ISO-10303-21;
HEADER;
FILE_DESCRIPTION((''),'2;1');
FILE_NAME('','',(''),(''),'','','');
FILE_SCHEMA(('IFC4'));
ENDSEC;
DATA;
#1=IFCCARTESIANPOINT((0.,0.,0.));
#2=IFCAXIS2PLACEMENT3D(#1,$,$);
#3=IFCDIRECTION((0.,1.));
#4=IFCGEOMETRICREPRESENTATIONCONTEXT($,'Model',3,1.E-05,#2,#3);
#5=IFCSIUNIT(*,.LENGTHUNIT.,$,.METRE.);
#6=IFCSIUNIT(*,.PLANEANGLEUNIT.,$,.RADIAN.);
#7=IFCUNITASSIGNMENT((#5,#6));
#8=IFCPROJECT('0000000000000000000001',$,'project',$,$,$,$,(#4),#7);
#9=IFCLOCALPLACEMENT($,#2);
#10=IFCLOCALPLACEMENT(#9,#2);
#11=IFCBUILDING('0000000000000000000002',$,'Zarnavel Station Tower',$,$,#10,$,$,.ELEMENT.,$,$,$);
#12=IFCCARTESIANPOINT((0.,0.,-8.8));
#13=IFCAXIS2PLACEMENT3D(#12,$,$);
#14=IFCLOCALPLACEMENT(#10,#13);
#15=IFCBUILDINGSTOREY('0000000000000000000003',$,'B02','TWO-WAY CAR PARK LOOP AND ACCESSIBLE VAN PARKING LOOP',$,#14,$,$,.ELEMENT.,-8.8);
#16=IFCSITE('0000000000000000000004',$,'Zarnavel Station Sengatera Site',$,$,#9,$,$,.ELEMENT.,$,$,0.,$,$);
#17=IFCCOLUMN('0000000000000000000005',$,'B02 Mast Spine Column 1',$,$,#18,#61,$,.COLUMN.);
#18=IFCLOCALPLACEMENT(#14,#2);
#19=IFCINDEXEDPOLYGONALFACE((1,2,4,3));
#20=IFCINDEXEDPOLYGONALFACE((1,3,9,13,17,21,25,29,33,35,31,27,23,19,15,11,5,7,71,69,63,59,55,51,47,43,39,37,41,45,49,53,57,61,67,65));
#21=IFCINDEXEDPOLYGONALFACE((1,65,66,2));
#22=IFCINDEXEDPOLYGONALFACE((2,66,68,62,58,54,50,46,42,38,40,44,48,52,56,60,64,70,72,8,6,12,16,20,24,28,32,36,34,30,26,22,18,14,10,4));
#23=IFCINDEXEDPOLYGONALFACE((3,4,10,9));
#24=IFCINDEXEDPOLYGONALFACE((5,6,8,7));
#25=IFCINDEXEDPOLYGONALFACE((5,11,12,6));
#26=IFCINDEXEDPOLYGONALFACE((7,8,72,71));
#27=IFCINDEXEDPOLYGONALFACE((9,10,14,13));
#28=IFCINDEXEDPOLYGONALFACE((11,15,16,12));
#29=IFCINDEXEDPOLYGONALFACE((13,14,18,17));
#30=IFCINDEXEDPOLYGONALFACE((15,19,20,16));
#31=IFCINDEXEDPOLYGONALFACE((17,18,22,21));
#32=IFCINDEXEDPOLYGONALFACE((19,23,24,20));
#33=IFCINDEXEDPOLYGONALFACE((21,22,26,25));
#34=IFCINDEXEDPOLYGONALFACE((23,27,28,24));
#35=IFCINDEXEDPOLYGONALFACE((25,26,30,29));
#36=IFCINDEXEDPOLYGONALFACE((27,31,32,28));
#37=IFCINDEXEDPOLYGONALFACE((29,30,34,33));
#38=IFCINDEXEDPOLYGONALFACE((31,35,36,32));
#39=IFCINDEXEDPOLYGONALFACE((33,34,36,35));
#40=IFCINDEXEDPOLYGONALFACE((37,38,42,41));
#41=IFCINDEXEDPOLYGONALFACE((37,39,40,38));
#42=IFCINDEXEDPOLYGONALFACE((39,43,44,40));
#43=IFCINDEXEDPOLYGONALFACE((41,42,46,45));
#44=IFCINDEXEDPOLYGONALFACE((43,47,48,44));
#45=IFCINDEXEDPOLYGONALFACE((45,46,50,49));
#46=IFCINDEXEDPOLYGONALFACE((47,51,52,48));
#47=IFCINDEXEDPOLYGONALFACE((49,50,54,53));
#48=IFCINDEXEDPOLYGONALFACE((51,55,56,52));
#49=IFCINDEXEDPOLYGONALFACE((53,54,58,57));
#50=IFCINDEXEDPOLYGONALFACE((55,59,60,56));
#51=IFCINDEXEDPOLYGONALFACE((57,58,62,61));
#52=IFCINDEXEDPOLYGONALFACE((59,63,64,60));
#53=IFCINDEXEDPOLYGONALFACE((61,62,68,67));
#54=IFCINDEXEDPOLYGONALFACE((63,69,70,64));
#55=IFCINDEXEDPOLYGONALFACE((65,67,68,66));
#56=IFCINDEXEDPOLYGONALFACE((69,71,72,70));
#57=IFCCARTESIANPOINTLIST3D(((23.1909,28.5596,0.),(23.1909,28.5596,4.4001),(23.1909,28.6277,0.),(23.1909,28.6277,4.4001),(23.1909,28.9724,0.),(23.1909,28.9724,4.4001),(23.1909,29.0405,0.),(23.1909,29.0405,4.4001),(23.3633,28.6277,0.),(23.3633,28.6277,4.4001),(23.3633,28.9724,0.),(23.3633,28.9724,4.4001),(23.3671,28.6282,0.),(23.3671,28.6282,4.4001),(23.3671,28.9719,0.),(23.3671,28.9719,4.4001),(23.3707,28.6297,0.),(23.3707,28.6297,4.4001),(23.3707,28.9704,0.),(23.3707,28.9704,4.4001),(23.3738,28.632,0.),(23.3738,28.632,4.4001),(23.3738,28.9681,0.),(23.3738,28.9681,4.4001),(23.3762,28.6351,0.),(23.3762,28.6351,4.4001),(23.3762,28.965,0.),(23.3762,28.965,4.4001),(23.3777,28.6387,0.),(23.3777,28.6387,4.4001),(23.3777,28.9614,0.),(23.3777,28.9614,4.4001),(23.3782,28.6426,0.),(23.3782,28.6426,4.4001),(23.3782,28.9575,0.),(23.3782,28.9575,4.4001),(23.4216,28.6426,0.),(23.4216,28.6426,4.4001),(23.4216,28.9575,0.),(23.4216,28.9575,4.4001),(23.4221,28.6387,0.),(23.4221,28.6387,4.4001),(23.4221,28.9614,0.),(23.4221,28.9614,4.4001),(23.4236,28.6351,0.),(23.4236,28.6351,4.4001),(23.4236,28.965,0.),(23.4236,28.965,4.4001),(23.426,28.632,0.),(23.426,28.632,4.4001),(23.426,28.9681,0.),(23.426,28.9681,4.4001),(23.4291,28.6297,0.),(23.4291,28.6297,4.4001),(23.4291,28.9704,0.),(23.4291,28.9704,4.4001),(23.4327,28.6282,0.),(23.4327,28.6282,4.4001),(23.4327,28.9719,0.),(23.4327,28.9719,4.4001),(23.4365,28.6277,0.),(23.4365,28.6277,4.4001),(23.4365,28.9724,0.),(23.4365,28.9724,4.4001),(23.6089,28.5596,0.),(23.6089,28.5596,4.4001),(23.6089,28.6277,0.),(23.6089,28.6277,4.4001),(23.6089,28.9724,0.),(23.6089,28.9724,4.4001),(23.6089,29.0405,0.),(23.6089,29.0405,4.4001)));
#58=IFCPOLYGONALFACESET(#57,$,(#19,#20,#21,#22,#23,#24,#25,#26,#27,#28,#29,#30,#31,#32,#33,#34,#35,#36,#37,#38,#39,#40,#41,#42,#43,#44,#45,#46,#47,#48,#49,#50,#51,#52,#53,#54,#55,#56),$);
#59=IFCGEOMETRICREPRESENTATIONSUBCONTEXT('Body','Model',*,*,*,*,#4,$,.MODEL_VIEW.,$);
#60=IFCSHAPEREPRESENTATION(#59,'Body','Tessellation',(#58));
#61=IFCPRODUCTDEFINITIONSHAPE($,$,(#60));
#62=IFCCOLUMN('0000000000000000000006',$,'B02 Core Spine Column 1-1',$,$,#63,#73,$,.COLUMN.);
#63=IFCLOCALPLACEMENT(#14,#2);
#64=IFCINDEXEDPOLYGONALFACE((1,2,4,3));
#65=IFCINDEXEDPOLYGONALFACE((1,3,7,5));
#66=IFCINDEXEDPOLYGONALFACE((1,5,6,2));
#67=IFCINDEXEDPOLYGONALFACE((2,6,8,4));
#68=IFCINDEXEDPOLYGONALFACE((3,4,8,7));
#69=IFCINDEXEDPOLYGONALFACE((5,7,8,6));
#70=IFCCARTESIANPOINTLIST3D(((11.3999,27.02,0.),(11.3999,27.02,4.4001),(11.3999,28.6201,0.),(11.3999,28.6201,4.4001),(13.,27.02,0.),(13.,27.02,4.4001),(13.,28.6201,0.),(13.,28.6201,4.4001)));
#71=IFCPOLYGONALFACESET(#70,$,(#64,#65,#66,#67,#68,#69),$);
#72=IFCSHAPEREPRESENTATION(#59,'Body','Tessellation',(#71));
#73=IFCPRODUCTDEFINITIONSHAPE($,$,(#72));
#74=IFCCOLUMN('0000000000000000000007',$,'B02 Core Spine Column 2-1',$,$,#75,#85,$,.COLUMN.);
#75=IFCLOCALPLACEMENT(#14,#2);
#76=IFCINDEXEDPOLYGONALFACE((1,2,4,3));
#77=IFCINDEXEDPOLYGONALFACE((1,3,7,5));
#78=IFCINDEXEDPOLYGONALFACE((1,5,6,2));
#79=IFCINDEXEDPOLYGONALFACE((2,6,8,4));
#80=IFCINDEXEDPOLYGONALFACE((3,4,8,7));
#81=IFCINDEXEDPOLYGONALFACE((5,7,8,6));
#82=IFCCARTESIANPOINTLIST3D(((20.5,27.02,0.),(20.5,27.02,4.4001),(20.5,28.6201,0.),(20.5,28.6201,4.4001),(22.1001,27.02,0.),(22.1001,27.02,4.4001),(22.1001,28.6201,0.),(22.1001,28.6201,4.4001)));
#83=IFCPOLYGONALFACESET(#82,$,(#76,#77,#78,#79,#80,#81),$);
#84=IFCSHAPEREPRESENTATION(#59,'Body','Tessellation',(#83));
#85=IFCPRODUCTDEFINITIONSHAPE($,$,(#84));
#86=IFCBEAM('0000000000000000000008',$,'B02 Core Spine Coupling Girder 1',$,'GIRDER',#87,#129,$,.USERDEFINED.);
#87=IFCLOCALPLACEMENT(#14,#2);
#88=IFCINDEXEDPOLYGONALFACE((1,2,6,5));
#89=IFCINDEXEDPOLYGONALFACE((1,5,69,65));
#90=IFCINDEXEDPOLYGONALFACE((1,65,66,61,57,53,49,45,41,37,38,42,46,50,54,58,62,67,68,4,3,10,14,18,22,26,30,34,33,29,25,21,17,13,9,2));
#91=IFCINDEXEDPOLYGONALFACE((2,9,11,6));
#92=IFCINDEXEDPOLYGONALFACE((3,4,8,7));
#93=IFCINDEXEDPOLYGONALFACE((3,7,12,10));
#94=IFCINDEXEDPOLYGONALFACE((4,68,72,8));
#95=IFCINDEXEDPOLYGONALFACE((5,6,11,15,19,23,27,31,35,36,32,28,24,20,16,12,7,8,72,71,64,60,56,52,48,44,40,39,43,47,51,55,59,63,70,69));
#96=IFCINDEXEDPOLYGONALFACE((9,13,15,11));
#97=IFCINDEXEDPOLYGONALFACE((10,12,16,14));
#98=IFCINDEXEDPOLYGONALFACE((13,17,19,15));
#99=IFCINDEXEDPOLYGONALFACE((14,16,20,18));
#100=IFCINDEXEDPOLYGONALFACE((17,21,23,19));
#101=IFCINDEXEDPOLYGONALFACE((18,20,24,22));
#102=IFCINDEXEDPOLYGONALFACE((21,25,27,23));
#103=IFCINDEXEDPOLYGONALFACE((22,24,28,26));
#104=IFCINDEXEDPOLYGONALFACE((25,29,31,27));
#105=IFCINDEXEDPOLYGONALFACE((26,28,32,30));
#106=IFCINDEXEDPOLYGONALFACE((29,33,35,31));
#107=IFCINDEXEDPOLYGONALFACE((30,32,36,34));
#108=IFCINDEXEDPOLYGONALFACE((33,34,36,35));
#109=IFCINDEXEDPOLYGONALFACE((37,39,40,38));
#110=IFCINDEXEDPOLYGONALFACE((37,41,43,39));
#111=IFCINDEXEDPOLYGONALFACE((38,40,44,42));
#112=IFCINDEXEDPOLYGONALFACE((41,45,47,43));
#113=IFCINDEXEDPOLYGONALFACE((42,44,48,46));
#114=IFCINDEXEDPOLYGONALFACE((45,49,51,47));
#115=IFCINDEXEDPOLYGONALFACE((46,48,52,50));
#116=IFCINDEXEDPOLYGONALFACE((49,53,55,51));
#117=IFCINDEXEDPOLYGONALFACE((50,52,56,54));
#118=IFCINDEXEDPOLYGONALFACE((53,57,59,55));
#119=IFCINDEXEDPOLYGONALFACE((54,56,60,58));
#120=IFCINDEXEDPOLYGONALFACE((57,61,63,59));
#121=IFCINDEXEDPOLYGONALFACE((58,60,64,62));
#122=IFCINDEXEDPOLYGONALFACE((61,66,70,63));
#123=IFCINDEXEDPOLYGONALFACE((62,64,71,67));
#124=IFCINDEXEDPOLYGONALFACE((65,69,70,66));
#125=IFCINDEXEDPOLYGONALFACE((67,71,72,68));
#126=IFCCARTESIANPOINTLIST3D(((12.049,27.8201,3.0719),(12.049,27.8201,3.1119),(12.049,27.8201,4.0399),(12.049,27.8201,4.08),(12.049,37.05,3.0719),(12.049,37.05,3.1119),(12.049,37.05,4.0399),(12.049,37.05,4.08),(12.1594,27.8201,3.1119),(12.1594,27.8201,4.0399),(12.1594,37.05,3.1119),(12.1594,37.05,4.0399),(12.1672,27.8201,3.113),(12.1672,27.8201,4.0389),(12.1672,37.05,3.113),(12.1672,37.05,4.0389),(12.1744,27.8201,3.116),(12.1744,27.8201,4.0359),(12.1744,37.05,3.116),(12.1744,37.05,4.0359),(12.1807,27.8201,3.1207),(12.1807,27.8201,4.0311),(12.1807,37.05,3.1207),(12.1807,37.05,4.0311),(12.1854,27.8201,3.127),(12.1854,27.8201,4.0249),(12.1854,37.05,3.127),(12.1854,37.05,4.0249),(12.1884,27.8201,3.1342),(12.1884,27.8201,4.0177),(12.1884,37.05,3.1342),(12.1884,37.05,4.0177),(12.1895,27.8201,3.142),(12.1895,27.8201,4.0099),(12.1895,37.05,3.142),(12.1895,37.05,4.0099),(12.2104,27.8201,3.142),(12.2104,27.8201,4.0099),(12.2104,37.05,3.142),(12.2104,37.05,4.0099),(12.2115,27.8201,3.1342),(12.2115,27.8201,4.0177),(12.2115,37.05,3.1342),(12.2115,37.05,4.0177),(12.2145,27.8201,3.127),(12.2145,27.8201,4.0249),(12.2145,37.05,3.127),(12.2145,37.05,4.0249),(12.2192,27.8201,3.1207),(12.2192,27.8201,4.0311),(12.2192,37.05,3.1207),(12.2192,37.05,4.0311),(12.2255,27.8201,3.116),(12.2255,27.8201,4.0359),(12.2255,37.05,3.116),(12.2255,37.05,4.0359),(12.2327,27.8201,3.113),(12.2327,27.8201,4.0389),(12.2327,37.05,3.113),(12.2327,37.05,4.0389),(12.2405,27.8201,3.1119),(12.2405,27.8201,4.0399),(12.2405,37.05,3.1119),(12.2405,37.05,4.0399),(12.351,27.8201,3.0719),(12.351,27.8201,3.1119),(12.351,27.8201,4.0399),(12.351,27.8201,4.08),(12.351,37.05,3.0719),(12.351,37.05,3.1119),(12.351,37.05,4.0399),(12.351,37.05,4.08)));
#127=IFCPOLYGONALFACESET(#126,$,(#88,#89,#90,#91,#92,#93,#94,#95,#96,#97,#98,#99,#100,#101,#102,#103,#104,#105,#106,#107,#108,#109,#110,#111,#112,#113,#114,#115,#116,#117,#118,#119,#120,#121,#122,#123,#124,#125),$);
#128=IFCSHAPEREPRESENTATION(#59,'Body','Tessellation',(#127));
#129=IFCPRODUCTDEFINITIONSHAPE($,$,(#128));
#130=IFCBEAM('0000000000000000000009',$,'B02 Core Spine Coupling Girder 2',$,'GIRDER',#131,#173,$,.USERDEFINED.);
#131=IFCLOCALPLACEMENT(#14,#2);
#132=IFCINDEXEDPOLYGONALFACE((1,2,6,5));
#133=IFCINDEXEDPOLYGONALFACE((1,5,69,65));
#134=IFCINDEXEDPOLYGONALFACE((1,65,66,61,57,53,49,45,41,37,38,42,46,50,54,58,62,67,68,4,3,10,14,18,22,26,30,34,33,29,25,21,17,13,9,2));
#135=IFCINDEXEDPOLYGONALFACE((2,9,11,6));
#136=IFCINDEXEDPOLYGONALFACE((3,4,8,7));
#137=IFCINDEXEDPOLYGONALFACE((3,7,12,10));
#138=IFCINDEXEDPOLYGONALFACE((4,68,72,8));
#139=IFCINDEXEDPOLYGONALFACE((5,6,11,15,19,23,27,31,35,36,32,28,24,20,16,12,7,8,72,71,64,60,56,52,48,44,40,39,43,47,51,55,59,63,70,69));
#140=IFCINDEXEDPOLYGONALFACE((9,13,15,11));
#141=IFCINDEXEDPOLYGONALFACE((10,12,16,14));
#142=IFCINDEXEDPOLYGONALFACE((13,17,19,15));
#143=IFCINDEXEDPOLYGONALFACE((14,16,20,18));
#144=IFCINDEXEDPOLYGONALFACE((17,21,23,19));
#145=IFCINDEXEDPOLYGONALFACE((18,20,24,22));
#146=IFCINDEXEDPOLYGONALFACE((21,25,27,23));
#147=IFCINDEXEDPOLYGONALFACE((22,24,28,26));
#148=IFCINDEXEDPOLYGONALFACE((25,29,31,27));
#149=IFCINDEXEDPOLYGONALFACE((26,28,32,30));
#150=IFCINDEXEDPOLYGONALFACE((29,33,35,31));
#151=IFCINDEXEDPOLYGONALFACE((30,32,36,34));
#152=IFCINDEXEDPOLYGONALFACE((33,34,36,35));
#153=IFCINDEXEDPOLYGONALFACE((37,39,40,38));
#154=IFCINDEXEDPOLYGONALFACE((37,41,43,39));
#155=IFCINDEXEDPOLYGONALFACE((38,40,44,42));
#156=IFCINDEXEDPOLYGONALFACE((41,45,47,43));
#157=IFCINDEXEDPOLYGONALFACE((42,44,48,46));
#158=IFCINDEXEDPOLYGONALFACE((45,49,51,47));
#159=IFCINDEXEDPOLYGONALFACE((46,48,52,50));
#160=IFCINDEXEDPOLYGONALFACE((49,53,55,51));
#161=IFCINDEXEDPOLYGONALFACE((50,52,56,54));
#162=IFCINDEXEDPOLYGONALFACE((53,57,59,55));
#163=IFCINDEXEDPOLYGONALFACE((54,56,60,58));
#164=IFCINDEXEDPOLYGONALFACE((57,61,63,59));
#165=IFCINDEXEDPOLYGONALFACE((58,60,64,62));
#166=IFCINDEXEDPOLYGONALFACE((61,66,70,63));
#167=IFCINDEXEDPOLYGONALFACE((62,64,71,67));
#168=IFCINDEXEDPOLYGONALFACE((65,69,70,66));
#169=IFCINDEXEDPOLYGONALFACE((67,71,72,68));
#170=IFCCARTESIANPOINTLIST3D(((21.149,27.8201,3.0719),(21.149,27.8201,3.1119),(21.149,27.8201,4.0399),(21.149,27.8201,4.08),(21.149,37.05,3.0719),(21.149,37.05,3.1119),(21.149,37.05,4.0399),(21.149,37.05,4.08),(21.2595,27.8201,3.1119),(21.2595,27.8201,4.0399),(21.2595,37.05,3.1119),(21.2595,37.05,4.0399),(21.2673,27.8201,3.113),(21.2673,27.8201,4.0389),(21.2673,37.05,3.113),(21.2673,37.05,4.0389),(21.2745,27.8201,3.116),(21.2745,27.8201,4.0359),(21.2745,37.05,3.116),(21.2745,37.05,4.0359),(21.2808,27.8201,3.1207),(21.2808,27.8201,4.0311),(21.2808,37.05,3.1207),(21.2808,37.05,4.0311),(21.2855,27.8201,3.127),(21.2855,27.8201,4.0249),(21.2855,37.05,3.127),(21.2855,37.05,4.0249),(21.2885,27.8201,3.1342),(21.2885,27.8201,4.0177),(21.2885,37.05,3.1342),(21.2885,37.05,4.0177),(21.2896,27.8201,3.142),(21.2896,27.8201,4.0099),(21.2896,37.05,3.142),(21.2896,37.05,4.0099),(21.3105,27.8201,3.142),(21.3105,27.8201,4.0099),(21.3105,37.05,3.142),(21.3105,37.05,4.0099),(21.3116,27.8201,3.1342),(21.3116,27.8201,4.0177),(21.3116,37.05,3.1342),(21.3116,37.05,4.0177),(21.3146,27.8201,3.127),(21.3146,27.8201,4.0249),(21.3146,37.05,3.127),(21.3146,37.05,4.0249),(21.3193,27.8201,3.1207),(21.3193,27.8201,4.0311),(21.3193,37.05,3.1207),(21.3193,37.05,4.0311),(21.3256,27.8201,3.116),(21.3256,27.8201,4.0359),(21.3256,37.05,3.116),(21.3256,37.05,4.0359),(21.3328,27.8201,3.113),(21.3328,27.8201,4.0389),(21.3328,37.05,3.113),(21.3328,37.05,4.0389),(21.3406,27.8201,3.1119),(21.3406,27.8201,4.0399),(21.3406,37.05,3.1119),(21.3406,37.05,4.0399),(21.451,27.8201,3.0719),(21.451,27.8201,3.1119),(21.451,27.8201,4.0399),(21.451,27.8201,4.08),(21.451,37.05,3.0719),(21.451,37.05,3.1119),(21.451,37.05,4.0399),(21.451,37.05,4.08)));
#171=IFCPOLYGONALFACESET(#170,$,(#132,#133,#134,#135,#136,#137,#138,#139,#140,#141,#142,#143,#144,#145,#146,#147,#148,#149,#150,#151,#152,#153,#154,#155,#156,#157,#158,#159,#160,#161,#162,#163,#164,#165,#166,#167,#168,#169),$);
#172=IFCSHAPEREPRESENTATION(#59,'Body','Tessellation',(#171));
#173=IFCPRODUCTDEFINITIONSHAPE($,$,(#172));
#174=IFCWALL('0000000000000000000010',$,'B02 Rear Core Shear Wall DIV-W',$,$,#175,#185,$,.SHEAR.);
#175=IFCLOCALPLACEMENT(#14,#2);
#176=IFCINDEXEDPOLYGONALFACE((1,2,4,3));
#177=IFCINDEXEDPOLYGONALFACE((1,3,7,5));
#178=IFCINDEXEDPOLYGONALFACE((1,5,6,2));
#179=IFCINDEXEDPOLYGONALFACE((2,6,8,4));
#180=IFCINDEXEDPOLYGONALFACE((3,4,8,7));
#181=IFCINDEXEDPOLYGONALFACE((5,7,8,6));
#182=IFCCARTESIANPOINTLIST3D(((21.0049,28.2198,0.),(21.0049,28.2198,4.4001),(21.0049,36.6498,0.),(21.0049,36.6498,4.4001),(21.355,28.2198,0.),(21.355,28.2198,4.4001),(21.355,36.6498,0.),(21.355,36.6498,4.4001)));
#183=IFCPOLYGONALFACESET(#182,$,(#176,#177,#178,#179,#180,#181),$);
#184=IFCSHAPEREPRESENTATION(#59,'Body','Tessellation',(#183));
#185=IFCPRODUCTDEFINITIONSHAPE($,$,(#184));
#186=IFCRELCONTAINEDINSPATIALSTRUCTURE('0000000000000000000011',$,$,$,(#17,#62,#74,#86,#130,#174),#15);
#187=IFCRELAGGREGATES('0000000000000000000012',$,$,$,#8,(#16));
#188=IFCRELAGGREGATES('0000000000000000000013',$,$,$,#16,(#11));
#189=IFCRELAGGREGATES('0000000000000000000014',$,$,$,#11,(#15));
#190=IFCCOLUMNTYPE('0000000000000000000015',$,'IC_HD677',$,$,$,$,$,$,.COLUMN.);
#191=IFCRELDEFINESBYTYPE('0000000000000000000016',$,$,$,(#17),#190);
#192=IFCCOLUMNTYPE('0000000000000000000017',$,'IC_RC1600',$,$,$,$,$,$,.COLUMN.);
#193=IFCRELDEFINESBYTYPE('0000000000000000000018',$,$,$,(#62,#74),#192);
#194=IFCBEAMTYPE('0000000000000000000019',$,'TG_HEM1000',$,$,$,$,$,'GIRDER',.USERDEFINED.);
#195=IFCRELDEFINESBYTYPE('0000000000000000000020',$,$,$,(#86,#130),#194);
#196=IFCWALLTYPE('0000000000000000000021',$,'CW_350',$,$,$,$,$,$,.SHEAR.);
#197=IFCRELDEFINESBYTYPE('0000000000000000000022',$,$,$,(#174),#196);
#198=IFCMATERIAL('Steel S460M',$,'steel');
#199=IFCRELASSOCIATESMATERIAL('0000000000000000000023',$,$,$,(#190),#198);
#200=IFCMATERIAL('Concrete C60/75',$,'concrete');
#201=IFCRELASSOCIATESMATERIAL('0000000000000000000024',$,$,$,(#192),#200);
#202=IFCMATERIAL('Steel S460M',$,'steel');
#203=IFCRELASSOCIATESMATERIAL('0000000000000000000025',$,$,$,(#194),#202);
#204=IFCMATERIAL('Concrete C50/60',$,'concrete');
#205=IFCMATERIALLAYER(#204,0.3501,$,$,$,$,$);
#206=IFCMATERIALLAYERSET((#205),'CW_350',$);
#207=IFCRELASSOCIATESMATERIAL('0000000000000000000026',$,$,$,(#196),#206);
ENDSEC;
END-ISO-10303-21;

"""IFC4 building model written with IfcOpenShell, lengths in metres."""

from ifc_helpers import new_model, si_unit, direction, frame, frame_2d, origin, origin_2d, place, context, subcontext, project, spatial, rectangle, i_section, extrude, material, layer, layer_set, material_profile, profile_set, type_object, element, save


model = new_model("IFC4")

# Units and contexts
model_context = context("Model", 3, precision=1e-05, world=origin(), true_north=direction((0.0, 1.0)))
body_context = subcontext(model_context, "Body", "Model", "MODEL_VIEW")
ifc_project = project(units=[si_unit("LENGTHUNIT", "METRE"), si_unit("PLANEANGLEUNIT", "RADIAN")], contexts=[model_context])

# Site, building, storey
site_placement = place(None, origin())
site = spatial("IfcSite", under=ifc_project, at=site_placement, Name="Zarnavel Station Sengatera Site", CompositionType="ELEMENT", RefElevation=0.0)
building_placement = place(site_placement, origin())
building = spatial("IfcBuilding", under=site, at=building_placement, Name="Zarnavel Station Tower", CompositionType="ELEMENT")
storey_placement = place(building_placement, frame((0.0, 0.0, -8.8)))
storey = spatial("IfcBuildingStorey", under=building, at=storey_placement, Name="B02", Description="TWO-WAY CAR PARK LOOP AND ACCESSIBLE VAN PARKING LOOP", CompositionType="ELEMENT", Elevation=-8.8)

# Columns
ifc_material_1 = material(Name="Steel S460M", Category="steel")
ifc_material_profile_1 = material_profile(ifc_material_1, i_section(OverallWidth=0.418, OverallDepth=0.481, WebThickness=0.0435, FlangeThickness=0.0681, FilletRadius=0.0149, at=origin_2d()), Name="HD400x677")
ifc_profile_set_1 = profile_set([ifc_material_profile_1], Name="Steel S460M")
column_type_1 = type_object("IfcColumnType", Name="IC_HD677", PredefinedType="COLUMN", material=ifc_profile_set_1)
column_placement = place(storey_placement, frame((23.3999, 28.8, 0.0), z_axis=(0.0, 0.0, 1.0), x_axis=(1.0, 0.0, 0.0)))
element("IfcColumn", 1, at=column_placement, inside=storey, type_object=column_type_1, Name="B02 Mast Spine Column 1", PredefinedType="COLUMN", context=body_context, shape_type="SweptSolid", body=[
    extrude(i_section(OverallWidth=0.418, OverallDepth=0.481, WebThickness=0.0435, FlangeThickness=0.0681, FilletRadius=0.0149, at=origin_2d()), origin(), (0.0, 0.0, 1.0), 4.4001),
])
ifc_material_2 = material(Name="Concrete C60/75", Category="concrete")
ifc_material_profile_2 = material_profile(ifc_material_2, rectangle(XDim=1.6001, YDim=1.6001, at=origin_2d()), Name="RC1600x1600")
ifc_profile_set_2 = profile_set([ifc_material_profile_2], Name="Concrete C60/75")
column_type_2 = type_object("IfcColumnType", Name="IC_RC1600", PredefinedType="COLUMN", material=ifc_profile_set_2)
for number, where, z_axis, x_axis, name in (
    (2, (12.2, 27.8201, 0.0), (0.0, 0.0, 1.0), (1.0, 0.0, 0.0), "B02 Core Spine Column 1-1"),
    (3, (21.3, 27.8201, 0.0), (0.0, 0.0, 1.0), (1.0, 0.0, 0.0), "B02 Core Spine Column 2-1"),
):
    element("IfcColumn", number, at=place(storey_placement, frame(where, z_axis=z_axis, x_axis=x_axis)), inside=storey, type_object=column_type_2, Name=name, PredefinedType="COLUMN", context=body_context, shape_type="SweptSolid", body=[
        extrude(rectangle(XDim=1.6001, YDim=1.6001, at=origin_2d()), origin(), (0.0, 0.0, 1.0), 4.4001),
    ])

# Beams
ifc_material_3 = material(Name="Steel S460M", Category="steel")
ifc_material_profile_3 = material_profile(ifc_material_3, i_section(OverallWidth=0.302, OverallDepth=1.0081, WebThickness=0.021, FlangeThickness=0.04, FilletRadius=0.03, at=origin_2d()), Name="HEM1000")
ifc_profile_set_3 = profile_set([ifc_material_profile_3], Name="Steel S460M")
beam_type = type_object("IfcBeamType", Name="TG_HEM1000", ElementType="GIRDER", PredefinedType="USERDEFINED", material=ifc_profile_set_3)
for number, where, z_axis, x_axis, name in (
    (4, (12.2, 27.8201, 3.5759), (0.0, 1.0, 0.0), (-1.0, 0.0, 0.0), "B02 Core Spine Coupling Girder 1"),
    (5, (21.3, 27.8201, 3.5759), (0.0, 1.0, 0.0), (-1.0, 0.0, 0.0), "B02 Core Spine Coupling Girder 2"),
):
    element("IfcBeam", number, at=place(storey_placement, frame(where, z_axis=z_axis, x_axis=x_axis)), inside=storey, type_object=beam_type, Name=name, ObjectType="GIRDER", PredefinedType="USERDEFINED", context=body_context, shape_type="SweptSolid", body=[
        extrude(i_section(OverallWidth=0.302, OverallDepth=1.0081, WebThickness=0.021, FlangeThickness=0.04, FilletRadius=0.03, at=origin_2d()), origin(), (0.0, 0.0, 1.0), 9.23),
    ])

# Wall
ifc_material_4 = material(Name="Concrete C50/60", Category="concrete")
ifc_layer_1 = layer(ifc_material_4, 0.3501)
ifc_layer_set_1 = layer_set([ifc_layer_1], Name="CW_350")
wall_type_1 = type_object("IfcWallType", Name="CW_350", PredefinedType="SHEAR", material=ifc_layer_set_1)
wall_1_placement = place(storey_placement, frame((21.1799, 28.22, 0.0), z_axis=(0.0, 0.0, 1.0), x_axis=(0.0, 1.0, 0.0)))
element("IfcWall", 6, at=wall_1_placement, inside=storey, type_object=wall_type_1, Name="B02 Rear Core Shear Wall DIV-W", PredefinedType="SHEAR", context=body_context, shape_type="SweptSolid", body=[
    extrude(rectangle(XDim=8.4299, YDim=0.3501, at=frame_2d((4.2148, 0.0))), origin(), (0.0, 0.0, 1.0), 4.4001),
])

save(model, "model.ifc")
